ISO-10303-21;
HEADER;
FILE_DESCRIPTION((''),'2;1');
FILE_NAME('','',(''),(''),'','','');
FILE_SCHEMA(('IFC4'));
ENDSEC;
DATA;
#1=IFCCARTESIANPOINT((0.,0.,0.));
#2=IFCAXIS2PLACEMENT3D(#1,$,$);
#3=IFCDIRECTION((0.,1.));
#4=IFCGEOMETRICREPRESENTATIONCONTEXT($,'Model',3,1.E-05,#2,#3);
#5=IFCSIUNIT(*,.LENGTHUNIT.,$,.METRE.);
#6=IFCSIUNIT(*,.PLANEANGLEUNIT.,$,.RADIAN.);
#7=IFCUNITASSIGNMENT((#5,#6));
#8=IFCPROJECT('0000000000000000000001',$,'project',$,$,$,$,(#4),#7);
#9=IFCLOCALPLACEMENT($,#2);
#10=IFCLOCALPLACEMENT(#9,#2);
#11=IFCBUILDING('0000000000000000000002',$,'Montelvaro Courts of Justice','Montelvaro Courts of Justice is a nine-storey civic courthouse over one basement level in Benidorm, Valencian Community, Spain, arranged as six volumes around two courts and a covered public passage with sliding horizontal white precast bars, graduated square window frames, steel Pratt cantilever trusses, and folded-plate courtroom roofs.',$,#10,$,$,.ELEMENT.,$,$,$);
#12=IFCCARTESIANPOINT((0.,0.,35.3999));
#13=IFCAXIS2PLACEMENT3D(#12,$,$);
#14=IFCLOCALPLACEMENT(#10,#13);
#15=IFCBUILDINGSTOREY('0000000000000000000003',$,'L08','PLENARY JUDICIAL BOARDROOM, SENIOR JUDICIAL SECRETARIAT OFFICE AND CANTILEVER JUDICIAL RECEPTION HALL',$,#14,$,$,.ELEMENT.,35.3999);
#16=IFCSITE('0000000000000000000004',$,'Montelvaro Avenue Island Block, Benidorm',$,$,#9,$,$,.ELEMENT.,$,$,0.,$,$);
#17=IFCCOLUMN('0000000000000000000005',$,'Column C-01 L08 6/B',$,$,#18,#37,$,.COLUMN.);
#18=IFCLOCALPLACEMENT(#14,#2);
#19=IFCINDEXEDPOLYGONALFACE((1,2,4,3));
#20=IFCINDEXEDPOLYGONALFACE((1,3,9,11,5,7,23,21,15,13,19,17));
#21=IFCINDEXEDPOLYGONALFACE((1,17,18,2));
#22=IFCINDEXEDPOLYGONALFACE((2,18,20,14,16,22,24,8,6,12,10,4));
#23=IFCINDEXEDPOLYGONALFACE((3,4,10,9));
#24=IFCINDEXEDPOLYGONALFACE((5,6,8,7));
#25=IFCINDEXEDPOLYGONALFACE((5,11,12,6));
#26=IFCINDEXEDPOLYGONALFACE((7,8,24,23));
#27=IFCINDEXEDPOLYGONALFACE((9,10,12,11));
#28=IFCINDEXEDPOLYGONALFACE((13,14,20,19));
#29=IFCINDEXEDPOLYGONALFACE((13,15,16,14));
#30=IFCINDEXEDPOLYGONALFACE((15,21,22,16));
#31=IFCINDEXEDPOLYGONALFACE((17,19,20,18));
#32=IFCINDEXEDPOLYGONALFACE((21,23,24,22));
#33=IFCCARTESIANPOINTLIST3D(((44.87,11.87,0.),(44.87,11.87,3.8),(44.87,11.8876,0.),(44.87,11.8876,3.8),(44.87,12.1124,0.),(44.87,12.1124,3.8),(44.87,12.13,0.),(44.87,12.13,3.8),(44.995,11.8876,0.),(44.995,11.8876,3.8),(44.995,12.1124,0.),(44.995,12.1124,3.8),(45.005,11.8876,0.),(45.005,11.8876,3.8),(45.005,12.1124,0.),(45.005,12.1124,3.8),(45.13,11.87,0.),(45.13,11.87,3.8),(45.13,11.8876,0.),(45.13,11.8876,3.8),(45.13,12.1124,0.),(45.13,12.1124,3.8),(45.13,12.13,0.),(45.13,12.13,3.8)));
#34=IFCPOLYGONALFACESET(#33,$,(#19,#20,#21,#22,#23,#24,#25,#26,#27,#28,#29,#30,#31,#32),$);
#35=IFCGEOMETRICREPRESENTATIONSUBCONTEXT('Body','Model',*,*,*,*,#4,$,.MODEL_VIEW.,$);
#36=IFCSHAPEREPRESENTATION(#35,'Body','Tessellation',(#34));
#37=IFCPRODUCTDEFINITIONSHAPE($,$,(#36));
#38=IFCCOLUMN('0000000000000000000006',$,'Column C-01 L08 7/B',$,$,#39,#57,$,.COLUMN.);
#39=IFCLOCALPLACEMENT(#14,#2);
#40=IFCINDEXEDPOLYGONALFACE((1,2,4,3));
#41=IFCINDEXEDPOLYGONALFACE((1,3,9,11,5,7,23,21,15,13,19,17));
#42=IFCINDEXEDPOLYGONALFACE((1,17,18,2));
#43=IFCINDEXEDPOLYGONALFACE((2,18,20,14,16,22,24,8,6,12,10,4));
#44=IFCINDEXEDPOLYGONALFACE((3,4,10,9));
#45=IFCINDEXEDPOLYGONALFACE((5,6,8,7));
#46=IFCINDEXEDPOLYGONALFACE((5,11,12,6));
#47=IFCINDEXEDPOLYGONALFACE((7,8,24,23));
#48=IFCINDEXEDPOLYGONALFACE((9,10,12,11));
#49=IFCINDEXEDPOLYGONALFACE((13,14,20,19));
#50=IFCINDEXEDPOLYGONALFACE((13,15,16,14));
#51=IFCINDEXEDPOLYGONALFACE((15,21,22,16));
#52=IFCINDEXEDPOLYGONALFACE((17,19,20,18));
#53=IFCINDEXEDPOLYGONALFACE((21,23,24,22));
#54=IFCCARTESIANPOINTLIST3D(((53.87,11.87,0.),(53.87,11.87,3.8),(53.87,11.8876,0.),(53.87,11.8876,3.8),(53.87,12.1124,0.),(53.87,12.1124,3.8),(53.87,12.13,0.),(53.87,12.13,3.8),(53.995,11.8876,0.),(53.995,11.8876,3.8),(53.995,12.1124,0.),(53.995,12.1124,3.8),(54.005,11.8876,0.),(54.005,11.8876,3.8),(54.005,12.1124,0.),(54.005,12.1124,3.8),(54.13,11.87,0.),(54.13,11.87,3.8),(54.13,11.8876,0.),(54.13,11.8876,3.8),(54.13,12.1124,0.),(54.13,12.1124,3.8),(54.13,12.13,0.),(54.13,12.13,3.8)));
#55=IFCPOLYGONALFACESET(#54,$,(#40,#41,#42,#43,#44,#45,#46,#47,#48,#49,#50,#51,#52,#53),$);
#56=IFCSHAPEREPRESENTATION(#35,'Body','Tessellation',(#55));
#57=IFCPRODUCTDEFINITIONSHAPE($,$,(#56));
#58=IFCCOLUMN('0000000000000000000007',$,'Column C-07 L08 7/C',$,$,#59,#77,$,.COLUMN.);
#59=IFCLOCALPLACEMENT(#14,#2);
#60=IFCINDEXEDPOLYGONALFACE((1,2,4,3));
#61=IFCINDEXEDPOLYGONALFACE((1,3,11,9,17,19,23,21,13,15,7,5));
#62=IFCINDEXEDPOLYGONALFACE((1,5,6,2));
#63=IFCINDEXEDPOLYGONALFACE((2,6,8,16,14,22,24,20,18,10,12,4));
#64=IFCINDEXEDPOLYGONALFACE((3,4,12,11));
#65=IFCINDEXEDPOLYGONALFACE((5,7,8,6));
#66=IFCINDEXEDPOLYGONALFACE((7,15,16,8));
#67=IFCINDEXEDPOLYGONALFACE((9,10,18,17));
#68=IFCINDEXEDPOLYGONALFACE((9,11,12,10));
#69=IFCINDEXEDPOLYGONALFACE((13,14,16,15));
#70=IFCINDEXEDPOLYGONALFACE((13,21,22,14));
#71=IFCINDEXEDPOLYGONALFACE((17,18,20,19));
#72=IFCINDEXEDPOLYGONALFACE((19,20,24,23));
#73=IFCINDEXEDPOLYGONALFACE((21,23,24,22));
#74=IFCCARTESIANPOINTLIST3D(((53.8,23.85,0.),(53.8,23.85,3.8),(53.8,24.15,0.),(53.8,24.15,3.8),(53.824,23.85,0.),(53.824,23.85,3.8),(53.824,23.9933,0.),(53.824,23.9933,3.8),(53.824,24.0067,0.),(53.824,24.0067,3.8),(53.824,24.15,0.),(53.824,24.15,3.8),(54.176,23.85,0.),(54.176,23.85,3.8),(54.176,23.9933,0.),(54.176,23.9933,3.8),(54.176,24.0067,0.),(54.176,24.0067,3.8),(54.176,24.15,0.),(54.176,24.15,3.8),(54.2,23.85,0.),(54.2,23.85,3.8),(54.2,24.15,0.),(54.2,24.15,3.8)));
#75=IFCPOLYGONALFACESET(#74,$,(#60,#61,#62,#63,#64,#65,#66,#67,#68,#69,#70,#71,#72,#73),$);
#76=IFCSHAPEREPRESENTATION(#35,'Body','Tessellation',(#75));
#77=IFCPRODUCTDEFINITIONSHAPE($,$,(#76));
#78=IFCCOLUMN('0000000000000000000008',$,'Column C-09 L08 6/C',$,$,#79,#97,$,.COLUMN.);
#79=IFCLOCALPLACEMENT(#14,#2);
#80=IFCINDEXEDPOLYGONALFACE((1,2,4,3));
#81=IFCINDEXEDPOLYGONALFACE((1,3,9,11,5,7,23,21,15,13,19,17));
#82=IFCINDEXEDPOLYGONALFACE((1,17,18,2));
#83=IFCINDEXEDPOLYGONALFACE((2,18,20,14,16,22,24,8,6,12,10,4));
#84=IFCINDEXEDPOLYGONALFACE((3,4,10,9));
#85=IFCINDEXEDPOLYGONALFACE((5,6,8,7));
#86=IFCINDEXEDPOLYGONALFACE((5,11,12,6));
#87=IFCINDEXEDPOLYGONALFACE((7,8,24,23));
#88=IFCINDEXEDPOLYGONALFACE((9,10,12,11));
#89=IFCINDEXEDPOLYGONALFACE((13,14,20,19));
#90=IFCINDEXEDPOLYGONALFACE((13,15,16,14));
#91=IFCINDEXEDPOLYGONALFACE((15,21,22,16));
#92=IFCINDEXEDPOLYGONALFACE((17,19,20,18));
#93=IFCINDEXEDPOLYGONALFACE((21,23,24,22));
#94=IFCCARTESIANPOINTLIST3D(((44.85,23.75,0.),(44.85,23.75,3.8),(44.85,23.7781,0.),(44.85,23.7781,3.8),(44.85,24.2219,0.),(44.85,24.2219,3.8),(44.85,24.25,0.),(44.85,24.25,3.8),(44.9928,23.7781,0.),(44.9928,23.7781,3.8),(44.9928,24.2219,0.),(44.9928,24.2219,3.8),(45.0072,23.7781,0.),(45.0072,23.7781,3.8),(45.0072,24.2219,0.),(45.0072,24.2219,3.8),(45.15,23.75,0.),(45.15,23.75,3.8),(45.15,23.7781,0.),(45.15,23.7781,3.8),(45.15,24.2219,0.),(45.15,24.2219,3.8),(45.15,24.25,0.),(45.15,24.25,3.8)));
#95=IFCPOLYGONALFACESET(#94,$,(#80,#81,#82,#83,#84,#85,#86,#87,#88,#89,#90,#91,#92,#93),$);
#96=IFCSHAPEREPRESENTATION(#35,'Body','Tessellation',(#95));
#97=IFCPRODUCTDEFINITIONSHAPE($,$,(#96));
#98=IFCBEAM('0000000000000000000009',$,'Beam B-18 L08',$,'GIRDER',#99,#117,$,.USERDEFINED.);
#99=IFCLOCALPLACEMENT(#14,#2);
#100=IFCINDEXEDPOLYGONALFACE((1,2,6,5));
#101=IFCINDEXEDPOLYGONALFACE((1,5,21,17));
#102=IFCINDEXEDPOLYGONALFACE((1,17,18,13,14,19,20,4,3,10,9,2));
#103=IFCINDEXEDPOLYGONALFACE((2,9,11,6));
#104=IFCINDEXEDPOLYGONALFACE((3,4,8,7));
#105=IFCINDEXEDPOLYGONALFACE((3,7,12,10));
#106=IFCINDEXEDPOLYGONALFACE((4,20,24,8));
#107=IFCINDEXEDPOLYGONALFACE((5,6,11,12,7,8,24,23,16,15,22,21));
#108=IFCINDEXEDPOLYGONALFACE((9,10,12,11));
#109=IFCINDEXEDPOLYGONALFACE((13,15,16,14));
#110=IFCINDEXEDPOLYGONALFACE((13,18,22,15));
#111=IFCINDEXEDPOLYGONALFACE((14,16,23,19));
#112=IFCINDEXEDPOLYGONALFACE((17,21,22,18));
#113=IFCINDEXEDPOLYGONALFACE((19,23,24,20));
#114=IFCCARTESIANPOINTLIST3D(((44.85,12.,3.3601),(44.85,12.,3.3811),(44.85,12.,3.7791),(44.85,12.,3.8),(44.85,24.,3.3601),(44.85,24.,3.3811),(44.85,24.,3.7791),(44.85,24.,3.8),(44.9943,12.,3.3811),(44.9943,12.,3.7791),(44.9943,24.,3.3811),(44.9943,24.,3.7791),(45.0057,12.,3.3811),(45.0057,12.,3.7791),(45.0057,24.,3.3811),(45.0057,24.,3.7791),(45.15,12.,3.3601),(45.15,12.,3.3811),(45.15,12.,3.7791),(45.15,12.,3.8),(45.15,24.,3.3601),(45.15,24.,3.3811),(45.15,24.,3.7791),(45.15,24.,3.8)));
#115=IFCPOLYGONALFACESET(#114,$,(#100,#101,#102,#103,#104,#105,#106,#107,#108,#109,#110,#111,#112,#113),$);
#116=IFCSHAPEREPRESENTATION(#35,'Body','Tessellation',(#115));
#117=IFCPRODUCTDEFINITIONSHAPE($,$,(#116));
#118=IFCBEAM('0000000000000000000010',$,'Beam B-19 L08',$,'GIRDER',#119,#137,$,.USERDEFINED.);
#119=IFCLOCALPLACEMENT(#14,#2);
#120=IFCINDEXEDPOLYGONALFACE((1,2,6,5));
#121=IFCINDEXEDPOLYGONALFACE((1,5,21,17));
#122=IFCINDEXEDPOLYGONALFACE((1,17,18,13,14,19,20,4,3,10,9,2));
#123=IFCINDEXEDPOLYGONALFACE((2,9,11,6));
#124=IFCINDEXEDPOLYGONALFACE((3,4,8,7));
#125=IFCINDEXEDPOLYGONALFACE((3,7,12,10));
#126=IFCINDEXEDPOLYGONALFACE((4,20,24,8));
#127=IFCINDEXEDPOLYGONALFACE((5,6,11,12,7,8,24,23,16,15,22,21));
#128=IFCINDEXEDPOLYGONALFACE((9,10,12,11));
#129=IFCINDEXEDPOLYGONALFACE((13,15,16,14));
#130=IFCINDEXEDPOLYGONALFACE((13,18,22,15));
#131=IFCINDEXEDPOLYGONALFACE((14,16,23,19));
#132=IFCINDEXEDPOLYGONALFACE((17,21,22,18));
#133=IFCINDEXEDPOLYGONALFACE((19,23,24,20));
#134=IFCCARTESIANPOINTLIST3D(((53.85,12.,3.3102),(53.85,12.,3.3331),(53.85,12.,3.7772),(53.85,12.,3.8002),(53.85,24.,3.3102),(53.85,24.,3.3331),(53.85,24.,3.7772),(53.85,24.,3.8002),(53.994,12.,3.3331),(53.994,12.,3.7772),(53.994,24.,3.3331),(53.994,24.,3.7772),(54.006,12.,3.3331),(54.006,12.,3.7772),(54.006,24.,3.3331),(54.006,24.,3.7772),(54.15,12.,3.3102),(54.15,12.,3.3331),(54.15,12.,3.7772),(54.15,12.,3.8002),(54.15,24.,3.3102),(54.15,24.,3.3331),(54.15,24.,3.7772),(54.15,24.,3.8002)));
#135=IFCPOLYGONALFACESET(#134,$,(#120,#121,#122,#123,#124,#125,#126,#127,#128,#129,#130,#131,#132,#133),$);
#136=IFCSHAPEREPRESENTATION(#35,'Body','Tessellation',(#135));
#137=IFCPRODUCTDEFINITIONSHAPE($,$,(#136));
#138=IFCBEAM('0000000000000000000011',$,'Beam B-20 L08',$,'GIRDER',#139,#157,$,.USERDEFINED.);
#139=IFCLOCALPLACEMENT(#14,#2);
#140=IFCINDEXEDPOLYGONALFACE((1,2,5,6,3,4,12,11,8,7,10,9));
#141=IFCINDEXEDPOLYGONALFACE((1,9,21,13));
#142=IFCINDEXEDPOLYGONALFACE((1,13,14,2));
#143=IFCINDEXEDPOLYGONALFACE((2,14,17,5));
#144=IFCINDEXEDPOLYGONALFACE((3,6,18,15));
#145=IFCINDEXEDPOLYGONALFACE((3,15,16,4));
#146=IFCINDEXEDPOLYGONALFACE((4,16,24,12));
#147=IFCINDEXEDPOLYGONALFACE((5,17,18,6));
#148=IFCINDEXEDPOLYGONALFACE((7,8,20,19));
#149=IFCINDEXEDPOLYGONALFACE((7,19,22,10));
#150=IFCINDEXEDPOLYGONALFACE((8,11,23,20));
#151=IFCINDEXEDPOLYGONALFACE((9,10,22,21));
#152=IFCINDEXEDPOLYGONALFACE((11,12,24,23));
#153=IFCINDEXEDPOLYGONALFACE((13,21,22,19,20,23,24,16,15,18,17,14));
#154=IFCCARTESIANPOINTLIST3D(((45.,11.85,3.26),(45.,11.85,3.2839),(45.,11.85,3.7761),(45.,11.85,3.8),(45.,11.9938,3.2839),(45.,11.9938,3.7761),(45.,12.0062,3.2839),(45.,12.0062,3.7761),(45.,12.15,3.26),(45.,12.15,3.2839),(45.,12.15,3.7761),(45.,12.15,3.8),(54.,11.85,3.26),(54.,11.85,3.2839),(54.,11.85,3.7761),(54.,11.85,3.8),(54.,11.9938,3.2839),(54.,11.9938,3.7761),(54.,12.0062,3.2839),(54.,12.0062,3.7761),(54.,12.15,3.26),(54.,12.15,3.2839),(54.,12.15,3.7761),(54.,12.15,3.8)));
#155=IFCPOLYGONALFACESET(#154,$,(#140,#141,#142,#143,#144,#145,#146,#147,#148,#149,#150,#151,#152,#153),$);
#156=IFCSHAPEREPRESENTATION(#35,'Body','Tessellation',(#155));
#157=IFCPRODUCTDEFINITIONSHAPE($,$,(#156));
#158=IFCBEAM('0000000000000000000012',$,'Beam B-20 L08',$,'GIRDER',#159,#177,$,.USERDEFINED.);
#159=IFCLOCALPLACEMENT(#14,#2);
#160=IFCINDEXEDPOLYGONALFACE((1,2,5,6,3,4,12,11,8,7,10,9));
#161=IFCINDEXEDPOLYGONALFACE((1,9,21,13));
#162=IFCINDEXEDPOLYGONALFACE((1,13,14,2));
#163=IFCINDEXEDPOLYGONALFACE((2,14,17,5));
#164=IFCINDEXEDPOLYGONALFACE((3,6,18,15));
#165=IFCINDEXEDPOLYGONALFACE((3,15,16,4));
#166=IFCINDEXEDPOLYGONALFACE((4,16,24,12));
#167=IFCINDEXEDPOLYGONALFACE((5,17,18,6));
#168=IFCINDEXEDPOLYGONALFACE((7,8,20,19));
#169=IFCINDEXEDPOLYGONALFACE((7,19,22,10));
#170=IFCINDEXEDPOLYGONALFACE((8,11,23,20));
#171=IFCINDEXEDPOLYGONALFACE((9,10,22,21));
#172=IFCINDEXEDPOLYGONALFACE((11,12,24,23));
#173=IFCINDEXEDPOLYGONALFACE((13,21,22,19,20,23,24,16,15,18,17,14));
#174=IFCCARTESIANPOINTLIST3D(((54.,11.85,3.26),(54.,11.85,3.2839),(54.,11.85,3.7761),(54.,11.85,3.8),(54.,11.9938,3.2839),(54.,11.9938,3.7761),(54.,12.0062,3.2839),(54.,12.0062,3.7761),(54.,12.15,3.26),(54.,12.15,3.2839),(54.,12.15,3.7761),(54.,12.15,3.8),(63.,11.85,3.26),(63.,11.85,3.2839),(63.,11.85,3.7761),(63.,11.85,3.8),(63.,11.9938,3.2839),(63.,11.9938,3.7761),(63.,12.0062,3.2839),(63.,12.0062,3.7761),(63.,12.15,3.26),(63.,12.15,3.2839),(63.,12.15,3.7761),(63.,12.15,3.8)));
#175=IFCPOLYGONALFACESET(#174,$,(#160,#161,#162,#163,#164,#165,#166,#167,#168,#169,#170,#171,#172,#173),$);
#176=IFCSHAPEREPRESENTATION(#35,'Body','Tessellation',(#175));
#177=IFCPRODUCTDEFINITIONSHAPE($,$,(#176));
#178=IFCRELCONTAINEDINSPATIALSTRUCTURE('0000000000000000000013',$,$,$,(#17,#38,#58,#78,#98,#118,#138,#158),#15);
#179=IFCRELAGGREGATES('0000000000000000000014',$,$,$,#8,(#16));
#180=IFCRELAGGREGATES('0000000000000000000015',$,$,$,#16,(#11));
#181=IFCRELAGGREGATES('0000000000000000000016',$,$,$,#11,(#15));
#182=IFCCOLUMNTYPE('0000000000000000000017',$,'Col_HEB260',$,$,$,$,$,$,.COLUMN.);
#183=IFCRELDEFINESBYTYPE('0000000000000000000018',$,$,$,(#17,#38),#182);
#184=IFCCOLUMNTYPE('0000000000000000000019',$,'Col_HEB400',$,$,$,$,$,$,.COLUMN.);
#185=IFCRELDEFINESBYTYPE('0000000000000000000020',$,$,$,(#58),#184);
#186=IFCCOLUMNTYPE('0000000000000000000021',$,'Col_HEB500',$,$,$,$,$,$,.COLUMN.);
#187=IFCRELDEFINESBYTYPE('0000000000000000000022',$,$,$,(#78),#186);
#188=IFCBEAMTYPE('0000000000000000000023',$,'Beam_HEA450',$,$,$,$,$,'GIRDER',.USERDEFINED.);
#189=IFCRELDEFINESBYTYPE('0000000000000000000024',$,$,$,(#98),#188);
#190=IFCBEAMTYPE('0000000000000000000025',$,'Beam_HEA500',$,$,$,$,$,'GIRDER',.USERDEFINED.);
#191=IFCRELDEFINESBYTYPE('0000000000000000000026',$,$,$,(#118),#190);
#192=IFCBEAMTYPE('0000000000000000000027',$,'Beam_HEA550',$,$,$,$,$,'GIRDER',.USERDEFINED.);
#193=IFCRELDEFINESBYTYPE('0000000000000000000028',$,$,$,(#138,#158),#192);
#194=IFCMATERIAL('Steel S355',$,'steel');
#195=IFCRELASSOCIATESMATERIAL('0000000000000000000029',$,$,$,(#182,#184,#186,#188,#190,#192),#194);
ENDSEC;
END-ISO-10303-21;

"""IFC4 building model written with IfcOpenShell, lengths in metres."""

from ifc_helpers import new_model, si_unit, direction, frame, origin, origin_2d, place, context, subcontext, project, spatial, i_section, extrude, material, material_profile, profile_set, type_object, element, save


model = new_model("IFC4")

# Units and contexts
model_context = context("Model", 3, precision=1e-05, world=origin(), true_north=direction((0.0, 1.0)))
body_context = subcontext(model_context, "Body", "Model", "MODEL_VIEW")
ifc_project = project(units=[si_unit("LENGTHUNIT", "METRE"), si_unit("PLANEANGLEUNIT", "RADIAN")], contexts=[model_context])

# Site, building, storey
site_placement = place(None, origin())
site = spatial("IfcSite", under=ifc_project, at=site_placement, Name="Montelvaro Avenue Island Block, Benidorm", CompositionType="ELEMENT", RefElevation=0.0)
building_placement = place(site_placement, origin())
building = spatial("IfcBuilding", under=site, at=building_placement, Name="Montelvaro Courts of Justice", Description="Montelvaro Courts of Justice is a nine-storey civic courthouse over one basement level in Benidorm, Valencian Community, Spain, arranged as six volumes around two courts and a covered public passage with sliding horizontal white precast bars, graduated square window frames, steel Pratt cantilever trusses, and folded-plate courtroom roofs.", CompositionType="ELEMENT")
storey_placement = place(building_placement, frame((0.0, 0.0, 35.3999)))
storey = spatial("IfcBuildingStorey", under=building, at=storey_placement, Name="L08", Description="PLENARY JUDICIAL BOARDROOM, SENIOR JUDICIAL SECRETARIAT OFFICE AND CANTILEVER JUDICIAL RECEPTION HALL", CompositionType="ELEMENT", Elevation=35.3999)

# Columns
ifc_material_1 = material(Name="Steel S355", Category="steel")
ifc_material_profile_1 = material_profile(ifc_material_1, i_section(OverallWidth=0.26, OverallDepth=0.26, WebThickness=0.01, FlangeThickness=0.0176, at=origin_2d()), Name="HEB 260")
ifc_profile_set_1 = profile_set([ifc_material_profile_1], Name="Steel S355")
column_type_1 = type_object("IfcColumnType", Name="Col_HEB260", PredefinedType="COLUMN", material=ifc_profile_set_1)
for number, where, z_axis, x_axis, name in (
    (1, (45.0, 12.0, 0.0), (0.0, 0.0, 1.0), (1.0, 0.0, 0.0), "Column C-01 L08 6/B"),
    (2, (54.0, 12.0, 0.0), (0.0, 0.0, 1.0), (1.0, 0.0, 0.0), "Column C-01 L08 7/B"),
):
    element("IfcColumn", number, at=place(storey_placement, frame(where, z_axis=z_axis, x_axis=x_axis)), inside=storey, type_object=column_type_1, Name=name, PredefinedType="COLUMN", context=body_context, shape_type="SweptSolid", body=[
        extrude(i_section(OverallWidth=0.26, OverallDepth=0.26, WebThickness=0.01, FlangeThickness=0.0176, at=origin_2d()), origin(), (0.0, 0.0, 1.0), 3.8),
    ])
ifc_material_profile_2 = material_profile(ifc_material_1, i_section(OverallWidth=0.3, OverallDepth=0.3999, WebThickness=0.0134, FlangeThickness=0.0239, at=origin_2d()), Name="HEB 400")
ifc_profile_set_2 = profile_set([ifc_material_profile_2], Name="Steel S355")
column_type_2 = type_object("IfcColumnType", Name="Col_HEB400", PredefinedType="COLUMN", material=ifc_profile_set_2)
column_1_placement = place(storey_placement, frame((54.0, 24.0, 0.0), z_axis=(0.0, 0.0, 1.0), x_axis=(0.0, 1.0, 0.0)))
element("IfcColumn", 3, at=column_1_placement, inside=storey, type_object=column_type_2, Name="Column C-07 L08 7/C", PredefinedType="COLUMN", context=body_context, shape_type="SweptSolid", body=[
    extrude(i_section(OverallWidth=0.3, OverallDepth=0.3999, WebThickness=0.0134, FlangeThickness=0.0239, at=origin_2d()), origin(), (0.0, 0.0, 1.0), 3.8),
])
ifc_material_profile_3 = material_profile(ifc_material_1, i_section(OverallWidth=0.3, OverallDepth=0.5, WebThickness=0.0144, FlangeThickness=0.0281, at=origin_2d()), Name="HEB 500")
ifc_profile_set_3 = profile_set([ifc_material_profile_3], Name="Steel S355")
column_type_3 = type_object("IfcColumnType", Name="Col_HEB500", PredefinedType="COLUMN", material=ifc_profile_set_3)
column_2_placement = place(storey_placement, frame((45.0, 24.0, 0.0), z_axis=(0.0, 0.0, 1.0), x_axis=(1.0, 0.0, 0.0)))
element("IfcColumn", 4, at=column_2_placement, inside=storey, type_object=column_type_3, Name="Column C-09 L08 6/C", PredefinedType="COLUMN", context=body_context, shape_type="SweptSolid", body=[
    extrude(i_section(OverallWidth=0.3, OverallDepth=0.5, WebThickness=0.0144, FlangeThickness=0.0281, at=origin_2d()), origin(), (0.0, 0.0, 1.0), 3.8),
])

# Beams
ifc_material_profile_4 = material_profile(ifc_material_1, i_section(OverallWidth=0.3, OverallDepth=0.4399, WebThickness=0.0115, FlangeThickness=0.021, at=origin_2d()), Name="HEA 450")
ifc_profile_set_4 = profile_set([ifc_material_profile_4], Name="Steel S355")
beam_type_1 = type_object("IfcBeamType", Name="Beam_HEA450", ElementType="GIRDER", PredefinedType="USERDEFINED", material=ifc_profile_set_4)
beam_1_placement = place(storey_placement, frame((45.0, 12.0, 3.5801), z_axis=(0.0, 1.0, 0.0), x_axis=(-1.0, 0.0, 0.0)))
element("IfcBeam", 5, at=beam_1_placement, inside=storey, type_object=beam_type_1, Name="Beam B-18 L08", ObjectType="GIRDER", PredefinedType="USERDEFINED", context=body_context, shape_type="SweptSolid", body=[
    extrude(i_section(OverallWidth=0.3, OverallDepth=0.4399, WebThickness=0.0115, FlangeThickness=0.021, at=origin_2d()), origin(), (0.0, 0.0, 1.0), 12.0),
])
ifc_material_profile_5 = material_profile(ifc_material_1, i_section(OverallWidth=0.3, OverallDepth=0.49, WebThickness=0.012, FlangeThickness=0.0229, at=origin_2d()), Name="HEA 500")
ifc_profile_set_5 = profile_set([ifc_material_profile_5], Name="Steel S355")
beam_type_2 = type_object("IfcBeamType", Name="Beam_HEA500", ElementType="GIRDER", PredefinedType="USERDEFINED", material=ifc_profile_set_5)
beam_2_placement = place(storey_placement, frame((54.0, 12.0, 3.5552), z_axis=(0.0, 1.0, 0.0), x_axis=(-1.0, 0.0, 0.0)))
element("IfcBeam", 6, at=beam_2_placement, inside=storey, type_object=beam_type_2, Name="Beam B-19 L08", ObjectType="GIRDER", PredefinedType="USERDEFINED", context=body_context, shape_type="SweptSolid", body=[
    extrude(i_section(OverallWidth=0.3, OverallDepth=0.49, WebThickness=0.012, FlangeThickness=0.0229, at=origin_2d()), origin(), (0.0, 0.0, 1.0), 12.0),
])
ifc_material_profile_6 = material_profile(ifc_material_1, i_section(OverallWidth=0.3, OverallDepth=0.54, WebThickness=0.0125, FlangeThickness=0.0239, at=origin_2d()), Name="HEA 550")
ifc_profile_set_6 = profile_set([ifc_material_profile_6], Name="Steel S355")
beam_type_3 = type_object("IfcBeamType", Name="Beam_HEA550", ElementType="GIRDER", PredefinedType="USERDEFINED", material=ifc_profile_set_6)
for number, where, z_axis, x_axis, name in (
    (7, (45.0, 12.0, 3.53), (1.0, 0.0, 0.0), (0.0, 1.0, 0.0), "Beam B-20 L08"),
    (8, (54.0, 12.0, 3.53), (1.0, 0.0, 0.0), (0.0, 1.0, 0.0), "Beam B-20 L08"),
):
    element("IfcBeam", number, at=place(storey_placement, frame(where, z_axis=z_axis, x_axis=x_axis)), inside=storey, type_object=beam_type_3, Name=name, ObjectType="GIRDER", PredefinedType="USERDEFINED", context=body_context, shape_type="SweptSolid", body=[
        extrude(i_section(OverallWidth=0.3, OverallDepth=0.54, WebThickness=0.0125, FlangeThickness=0.0239, at=origin_2d()), origin(), (0.0, 0.0, 1.0), 9.0),
    ])

save(model, "model.ifc")
